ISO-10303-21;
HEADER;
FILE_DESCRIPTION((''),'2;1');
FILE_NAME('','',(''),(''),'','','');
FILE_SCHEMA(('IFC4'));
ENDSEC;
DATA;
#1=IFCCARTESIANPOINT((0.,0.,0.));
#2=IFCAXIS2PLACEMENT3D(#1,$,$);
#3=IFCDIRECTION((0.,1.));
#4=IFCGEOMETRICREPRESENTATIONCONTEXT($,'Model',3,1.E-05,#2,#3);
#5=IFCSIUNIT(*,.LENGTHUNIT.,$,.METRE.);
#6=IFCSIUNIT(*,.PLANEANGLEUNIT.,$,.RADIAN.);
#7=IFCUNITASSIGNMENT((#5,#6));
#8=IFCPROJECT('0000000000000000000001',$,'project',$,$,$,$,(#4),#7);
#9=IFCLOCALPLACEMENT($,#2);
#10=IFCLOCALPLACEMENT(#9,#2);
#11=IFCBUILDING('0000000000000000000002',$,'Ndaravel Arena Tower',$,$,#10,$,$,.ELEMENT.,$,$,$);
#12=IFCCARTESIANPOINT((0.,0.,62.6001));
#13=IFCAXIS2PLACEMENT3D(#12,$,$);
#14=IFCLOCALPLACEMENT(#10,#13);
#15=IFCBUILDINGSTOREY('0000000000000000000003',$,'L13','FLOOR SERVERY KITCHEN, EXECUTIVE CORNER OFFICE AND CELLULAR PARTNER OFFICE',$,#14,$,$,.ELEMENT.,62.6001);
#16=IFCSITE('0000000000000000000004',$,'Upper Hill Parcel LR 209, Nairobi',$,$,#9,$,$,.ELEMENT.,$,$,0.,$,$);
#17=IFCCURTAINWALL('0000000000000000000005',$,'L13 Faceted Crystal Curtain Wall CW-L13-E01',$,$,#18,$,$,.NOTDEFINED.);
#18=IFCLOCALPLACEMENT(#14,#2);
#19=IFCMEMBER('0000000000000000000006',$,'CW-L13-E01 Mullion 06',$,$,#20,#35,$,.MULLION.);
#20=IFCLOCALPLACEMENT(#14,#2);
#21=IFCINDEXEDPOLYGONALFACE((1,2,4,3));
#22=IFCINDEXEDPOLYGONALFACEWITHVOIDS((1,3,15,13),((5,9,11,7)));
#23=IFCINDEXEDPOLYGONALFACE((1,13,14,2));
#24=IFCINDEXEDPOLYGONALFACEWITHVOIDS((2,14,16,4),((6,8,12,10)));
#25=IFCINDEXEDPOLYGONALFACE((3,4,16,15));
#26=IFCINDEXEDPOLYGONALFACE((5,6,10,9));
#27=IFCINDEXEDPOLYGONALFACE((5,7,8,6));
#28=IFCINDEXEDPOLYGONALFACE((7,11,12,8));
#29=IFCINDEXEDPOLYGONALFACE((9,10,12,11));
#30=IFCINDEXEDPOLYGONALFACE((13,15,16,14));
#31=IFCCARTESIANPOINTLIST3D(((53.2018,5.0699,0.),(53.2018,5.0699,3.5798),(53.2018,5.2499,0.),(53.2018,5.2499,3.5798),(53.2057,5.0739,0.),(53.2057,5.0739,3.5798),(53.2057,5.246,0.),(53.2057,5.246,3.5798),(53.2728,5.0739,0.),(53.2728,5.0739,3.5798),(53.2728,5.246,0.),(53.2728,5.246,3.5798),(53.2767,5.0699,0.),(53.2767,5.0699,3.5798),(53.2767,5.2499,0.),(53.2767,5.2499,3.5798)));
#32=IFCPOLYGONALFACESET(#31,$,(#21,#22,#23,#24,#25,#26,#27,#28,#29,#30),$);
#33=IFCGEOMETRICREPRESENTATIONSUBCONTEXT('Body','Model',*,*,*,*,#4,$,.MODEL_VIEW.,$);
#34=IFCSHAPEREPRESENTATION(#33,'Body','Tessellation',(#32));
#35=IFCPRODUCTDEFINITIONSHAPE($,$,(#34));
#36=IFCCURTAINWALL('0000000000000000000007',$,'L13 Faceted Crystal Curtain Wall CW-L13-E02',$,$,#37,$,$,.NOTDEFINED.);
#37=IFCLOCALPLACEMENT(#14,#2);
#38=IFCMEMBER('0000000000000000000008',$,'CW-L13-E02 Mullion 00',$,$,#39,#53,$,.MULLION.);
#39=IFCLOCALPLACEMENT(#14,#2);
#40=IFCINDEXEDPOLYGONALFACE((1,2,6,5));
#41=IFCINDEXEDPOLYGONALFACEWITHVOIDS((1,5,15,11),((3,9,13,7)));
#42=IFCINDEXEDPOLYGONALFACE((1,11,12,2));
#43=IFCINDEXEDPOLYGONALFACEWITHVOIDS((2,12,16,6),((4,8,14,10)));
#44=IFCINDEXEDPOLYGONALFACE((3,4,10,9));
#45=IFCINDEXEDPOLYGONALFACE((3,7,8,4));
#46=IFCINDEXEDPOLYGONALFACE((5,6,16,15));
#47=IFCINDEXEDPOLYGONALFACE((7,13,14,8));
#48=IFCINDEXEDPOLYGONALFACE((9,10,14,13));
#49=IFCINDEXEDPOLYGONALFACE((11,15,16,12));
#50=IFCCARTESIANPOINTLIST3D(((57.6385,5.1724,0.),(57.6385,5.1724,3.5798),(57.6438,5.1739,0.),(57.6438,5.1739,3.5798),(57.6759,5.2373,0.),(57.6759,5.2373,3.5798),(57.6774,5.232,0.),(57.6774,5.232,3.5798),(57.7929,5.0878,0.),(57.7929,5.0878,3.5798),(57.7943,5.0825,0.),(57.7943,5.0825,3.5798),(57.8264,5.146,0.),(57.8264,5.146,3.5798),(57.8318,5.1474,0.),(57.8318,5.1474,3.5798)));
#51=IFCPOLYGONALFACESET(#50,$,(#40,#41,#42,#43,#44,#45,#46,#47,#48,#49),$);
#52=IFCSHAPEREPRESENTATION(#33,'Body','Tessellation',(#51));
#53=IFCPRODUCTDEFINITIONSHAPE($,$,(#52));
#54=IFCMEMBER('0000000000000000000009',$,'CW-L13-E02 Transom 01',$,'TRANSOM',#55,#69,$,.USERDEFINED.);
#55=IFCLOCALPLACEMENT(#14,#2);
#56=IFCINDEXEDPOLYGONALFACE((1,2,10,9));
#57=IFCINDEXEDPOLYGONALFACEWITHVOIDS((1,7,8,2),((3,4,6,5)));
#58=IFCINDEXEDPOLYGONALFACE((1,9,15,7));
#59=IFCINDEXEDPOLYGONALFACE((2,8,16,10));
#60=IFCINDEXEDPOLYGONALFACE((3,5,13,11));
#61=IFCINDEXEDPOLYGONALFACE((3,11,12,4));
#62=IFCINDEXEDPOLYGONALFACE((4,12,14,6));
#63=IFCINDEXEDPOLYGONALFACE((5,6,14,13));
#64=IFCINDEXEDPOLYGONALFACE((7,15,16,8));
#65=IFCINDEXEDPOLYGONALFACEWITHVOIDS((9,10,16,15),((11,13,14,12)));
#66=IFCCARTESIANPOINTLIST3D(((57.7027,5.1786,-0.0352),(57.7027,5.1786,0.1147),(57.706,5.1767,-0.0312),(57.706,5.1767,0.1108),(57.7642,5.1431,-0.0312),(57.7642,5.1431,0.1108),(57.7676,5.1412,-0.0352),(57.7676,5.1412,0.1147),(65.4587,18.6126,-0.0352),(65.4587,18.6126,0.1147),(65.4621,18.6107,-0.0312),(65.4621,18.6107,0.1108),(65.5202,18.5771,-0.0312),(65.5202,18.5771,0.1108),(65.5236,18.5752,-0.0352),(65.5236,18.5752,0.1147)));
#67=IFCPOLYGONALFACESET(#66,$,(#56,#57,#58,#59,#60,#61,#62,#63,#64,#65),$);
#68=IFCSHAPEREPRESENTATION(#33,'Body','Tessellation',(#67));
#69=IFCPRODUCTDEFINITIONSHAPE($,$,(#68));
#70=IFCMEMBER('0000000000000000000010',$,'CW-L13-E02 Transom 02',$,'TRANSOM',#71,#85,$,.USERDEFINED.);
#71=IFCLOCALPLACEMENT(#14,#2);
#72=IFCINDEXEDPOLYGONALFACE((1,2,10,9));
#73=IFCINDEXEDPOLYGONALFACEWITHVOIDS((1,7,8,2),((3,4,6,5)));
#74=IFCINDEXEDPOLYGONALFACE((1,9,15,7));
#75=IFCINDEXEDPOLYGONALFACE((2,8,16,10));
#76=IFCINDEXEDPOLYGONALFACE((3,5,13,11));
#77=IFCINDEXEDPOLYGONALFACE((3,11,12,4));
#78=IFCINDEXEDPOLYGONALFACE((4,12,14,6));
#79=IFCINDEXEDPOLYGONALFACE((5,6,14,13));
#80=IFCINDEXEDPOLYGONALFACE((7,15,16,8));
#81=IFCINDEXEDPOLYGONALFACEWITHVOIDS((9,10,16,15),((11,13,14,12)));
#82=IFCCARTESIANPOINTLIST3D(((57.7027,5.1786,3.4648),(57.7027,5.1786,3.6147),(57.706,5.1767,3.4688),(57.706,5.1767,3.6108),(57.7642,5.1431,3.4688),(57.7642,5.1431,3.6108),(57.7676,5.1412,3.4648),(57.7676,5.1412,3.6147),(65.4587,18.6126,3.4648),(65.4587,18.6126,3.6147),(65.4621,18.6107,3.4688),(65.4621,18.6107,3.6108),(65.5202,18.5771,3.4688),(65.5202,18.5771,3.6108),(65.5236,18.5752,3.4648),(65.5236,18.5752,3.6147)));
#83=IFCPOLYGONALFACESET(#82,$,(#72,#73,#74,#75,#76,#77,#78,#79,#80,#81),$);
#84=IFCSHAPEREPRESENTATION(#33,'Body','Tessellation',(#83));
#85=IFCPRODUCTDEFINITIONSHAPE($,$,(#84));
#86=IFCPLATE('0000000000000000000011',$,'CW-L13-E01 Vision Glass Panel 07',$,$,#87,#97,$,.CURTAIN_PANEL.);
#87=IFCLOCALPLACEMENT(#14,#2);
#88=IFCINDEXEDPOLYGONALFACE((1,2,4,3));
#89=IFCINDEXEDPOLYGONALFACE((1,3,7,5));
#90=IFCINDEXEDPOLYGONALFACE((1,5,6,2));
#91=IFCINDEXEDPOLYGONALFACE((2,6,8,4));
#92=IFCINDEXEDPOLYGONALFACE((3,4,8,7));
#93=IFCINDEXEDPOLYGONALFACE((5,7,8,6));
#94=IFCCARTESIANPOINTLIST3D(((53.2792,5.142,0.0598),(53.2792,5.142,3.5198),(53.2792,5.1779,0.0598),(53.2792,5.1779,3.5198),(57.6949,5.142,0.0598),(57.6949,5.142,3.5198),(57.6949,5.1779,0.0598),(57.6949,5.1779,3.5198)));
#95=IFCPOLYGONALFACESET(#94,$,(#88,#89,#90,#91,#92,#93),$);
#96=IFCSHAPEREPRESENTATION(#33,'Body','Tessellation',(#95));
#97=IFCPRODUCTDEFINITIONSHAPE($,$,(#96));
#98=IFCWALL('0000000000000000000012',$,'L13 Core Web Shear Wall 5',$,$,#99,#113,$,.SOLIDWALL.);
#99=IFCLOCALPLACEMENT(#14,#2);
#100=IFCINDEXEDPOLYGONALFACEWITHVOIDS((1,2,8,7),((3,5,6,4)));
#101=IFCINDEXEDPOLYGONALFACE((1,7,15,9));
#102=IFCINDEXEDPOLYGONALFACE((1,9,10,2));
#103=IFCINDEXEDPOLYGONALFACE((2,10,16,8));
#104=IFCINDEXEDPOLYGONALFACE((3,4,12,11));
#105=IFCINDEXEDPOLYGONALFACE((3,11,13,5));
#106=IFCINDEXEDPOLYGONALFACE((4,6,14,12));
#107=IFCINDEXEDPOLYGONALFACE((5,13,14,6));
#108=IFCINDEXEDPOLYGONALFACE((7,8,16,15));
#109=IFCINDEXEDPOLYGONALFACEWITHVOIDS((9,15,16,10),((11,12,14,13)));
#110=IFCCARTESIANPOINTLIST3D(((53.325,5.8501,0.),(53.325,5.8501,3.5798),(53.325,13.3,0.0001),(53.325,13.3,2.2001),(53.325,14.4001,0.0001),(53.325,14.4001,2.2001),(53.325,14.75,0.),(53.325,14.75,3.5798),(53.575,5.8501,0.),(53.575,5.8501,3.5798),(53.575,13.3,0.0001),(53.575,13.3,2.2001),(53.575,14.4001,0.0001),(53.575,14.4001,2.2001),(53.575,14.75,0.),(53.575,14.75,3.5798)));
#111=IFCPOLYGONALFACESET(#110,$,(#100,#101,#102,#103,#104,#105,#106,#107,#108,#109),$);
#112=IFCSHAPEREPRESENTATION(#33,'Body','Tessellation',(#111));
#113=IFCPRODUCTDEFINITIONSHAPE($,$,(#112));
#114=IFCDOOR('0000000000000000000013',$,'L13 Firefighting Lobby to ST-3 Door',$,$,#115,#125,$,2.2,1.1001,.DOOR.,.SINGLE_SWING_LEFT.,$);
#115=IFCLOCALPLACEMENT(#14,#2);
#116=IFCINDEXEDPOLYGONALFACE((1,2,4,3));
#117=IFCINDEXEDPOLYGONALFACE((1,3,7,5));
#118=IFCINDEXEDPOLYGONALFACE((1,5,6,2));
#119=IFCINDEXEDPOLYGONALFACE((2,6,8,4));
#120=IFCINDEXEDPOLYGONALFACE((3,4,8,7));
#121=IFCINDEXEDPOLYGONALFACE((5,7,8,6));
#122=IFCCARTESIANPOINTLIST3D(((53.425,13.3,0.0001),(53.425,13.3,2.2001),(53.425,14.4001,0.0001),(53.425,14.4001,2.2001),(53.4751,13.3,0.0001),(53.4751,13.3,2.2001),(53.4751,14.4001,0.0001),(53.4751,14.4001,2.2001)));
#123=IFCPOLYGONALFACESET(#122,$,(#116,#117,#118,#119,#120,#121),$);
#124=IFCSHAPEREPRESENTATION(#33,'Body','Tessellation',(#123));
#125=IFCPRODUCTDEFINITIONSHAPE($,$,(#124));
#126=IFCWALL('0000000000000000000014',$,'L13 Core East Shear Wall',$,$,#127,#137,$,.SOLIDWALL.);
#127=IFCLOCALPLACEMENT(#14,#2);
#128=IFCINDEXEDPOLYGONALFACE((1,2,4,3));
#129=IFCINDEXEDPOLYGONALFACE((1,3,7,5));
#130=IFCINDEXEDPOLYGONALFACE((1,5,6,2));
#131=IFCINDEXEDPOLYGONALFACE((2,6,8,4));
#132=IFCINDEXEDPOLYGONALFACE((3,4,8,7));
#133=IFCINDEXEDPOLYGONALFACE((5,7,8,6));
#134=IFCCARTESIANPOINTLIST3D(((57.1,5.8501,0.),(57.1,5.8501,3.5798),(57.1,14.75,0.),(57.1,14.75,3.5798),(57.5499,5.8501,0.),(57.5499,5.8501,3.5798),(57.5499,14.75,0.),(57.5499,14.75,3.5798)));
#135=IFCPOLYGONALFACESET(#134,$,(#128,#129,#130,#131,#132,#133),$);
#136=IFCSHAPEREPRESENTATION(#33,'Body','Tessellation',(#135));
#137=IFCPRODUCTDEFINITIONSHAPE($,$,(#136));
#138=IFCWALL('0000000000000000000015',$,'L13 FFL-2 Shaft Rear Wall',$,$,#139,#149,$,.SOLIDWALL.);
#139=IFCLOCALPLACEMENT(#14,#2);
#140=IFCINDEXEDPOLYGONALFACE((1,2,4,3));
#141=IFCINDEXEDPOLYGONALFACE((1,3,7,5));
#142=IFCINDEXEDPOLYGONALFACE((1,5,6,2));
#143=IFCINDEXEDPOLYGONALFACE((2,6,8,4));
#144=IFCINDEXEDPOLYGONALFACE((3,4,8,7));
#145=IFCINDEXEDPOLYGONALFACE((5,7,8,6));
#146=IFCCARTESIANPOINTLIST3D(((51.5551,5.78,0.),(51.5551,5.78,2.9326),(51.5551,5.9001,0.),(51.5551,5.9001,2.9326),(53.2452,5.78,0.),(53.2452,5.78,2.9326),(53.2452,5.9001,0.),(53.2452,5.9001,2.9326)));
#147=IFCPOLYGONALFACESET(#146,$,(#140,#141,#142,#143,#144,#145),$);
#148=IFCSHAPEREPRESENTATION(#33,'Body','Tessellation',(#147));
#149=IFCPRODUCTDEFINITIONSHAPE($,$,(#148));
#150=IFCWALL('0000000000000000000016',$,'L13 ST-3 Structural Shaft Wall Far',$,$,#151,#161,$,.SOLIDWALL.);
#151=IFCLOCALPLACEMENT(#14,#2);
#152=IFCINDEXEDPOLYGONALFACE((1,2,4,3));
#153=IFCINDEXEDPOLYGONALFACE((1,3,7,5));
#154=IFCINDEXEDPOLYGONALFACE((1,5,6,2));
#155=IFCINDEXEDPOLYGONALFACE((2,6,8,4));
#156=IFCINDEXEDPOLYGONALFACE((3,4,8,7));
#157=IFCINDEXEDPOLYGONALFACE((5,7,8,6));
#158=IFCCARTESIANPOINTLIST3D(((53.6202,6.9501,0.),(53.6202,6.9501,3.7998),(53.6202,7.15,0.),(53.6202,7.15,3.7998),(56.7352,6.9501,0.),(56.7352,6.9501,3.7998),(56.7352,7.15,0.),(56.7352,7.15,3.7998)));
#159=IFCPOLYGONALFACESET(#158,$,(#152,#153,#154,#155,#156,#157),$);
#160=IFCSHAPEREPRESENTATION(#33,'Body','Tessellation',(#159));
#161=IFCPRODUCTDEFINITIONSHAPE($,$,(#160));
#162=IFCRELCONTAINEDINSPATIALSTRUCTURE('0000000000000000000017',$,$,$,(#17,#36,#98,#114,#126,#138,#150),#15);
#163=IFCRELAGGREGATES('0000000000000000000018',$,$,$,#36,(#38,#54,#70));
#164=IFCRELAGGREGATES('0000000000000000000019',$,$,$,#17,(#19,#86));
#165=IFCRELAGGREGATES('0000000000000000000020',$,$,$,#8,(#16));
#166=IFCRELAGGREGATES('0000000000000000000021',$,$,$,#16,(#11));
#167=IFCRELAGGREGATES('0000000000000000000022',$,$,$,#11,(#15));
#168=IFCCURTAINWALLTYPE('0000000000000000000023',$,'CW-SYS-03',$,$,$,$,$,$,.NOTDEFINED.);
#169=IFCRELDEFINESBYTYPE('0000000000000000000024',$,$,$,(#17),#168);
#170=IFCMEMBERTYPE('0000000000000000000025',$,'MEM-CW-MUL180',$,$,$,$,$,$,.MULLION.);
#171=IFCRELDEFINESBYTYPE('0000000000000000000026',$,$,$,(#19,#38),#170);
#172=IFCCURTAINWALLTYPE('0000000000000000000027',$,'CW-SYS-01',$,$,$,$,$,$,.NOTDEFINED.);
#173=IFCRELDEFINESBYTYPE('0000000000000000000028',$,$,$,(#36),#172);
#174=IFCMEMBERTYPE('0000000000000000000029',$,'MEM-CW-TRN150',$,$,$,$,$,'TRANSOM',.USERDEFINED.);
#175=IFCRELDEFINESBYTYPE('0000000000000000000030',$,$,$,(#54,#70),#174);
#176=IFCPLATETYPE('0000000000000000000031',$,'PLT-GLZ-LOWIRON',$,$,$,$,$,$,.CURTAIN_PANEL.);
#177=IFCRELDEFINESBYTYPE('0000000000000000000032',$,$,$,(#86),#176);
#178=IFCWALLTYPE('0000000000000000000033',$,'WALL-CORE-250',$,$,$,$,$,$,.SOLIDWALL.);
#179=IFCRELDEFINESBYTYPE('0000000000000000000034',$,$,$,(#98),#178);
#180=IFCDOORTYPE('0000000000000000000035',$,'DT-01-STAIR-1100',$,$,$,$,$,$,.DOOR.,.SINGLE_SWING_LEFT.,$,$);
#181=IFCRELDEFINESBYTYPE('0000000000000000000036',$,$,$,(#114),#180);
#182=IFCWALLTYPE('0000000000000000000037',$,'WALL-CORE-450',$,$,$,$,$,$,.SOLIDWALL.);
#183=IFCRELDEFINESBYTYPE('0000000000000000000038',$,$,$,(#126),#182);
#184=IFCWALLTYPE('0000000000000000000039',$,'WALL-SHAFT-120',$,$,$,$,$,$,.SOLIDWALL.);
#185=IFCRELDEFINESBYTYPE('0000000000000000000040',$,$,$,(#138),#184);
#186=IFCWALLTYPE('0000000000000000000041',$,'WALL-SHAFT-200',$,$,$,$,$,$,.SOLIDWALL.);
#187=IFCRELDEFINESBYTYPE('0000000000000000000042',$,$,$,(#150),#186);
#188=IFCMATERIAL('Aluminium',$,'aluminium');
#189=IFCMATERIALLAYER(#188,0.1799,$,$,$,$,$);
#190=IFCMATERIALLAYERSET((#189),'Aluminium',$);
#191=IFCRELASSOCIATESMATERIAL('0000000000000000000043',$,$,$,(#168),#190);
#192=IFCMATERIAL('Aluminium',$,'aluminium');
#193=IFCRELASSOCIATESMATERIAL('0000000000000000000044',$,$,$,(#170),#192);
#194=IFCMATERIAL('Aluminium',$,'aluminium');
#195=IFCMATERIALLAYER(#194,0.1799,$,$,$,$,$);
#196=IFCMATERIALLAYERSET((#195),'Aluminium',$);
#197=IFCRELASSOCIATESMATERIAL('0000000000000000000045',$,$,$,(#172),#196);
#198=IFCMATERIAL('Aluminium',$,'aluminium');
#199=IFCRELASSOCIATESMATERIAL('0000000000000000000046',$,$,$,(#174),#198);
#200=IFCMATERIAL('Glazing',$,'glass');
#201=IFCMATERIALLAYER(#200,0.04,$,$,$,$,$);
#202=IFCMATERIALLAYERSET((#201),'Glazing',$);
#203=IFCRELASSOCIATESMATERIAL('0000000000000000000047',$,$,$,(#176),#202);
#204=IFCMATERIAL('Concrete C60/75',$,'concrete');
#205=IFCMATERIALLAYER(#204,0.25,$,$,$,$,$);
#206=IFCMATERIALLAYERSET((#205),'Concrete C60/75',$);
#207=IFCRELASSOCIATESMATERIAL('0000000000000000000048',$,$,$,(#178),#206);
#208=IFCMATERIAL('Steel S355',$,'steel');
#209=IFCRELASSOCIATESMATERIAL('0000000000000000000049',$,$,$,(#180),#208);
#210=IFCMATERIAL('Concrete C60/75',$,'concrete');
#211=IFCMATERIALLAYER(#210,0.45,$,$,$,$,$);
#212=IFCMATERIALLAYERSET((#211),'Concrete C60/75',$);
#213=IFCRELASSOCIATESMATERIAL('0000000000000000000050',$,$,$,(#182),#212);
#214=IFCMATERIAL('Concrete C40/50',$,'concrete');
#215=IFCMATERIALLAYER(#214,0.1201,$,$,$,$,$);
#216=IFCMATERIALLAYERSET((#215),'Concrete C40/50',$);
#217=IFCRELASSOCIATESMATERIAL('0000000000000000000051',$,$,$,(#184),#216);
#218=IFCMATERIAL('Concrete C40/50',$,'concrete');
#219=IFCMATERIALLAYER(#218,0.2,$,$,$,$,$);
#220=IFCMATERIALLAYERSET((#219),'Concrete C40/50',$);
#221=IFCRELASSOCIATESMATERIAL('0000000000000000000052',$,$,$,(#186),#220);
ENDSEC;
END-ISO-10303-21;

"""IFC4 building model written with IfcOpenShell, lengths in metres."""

from ifc_helpers import new_model, si_unit, direction, frame, frame_2d, origin, origin_2d, place, context, subcontext, project, spatial, rectangle, hollow_rectangle, extrude, material, layer, layer_set, material_profile, profile_set, type_object, element, fill, aggregate, save


model = new_model("IFC4")

# Units and contexts
model_context = context("Model", 3, precision=1e-05, world=origin(), true_north=direction((0.0, 1.0)))
body_context = subcontext(model_context, "Body", "Model", "MODEL_VIEW")
ifc_project = project(units=[si_unit("LENGTHUNIT", "METRE"), si_unit("PLANEANGLEUNIT", "RADIAN")], contexts=[model_context])

# Site, building, storey
site_placement = place(None, origin())
site = spatial("IfcSite", under=ifc_project, at=site_placement, Name="Upper Hill Parcel LR 209, Nairobi", CompositionType="ELEMENT", RefElevation=0.0)
building_placement = place(site_placement, origin())
building = spatial("IfcBuilding", under=site, at=building_placement, Name="Ndaravel Arena Tower", CompositionType="ELEMENT")
storey_placement = place(building_placement, frame((0.0, 0.0, 62.6001)))
storey = spatial("IfcBuildingStorey", under=building, at=storey_placement, Name="L13", Description="FLOOR SERVERY KITCHEN, EXECUTIVE CORNER OFFICE AND CELLULAR PARTNER OFFICE", CompositionType="ELEMENT", Elevation=62.6001)

# Curtain wall, member
ifc_material_1 = material(Name="Aluminium", Category="aluminium")
ifc_layer_1 = layer(ifc_material_1, 0.1799)
ifc_layer_set_1 = layer_set([ifc_layer_1], Name="Aluminium")
curtain_wall_type_1 = type_object("IfcCurtainWallType", Name="CW-SYS-03", PredefinedType="NOTDEFINED", material=ifc_layer_set_1)
curtain_wall_1_placement = place(storey_placement, origin())
curtain_wall_1 = element("IfcCurtainWall", 1, at=curtain_wall_1_placement, inside=storey, type_object=curtain_wall_type_1, Name="L13 Faceted Crystal Curtain Wall CW-L13-E01", PredefinedType="NOTDEFINED")
ifc_material_2 = material(Name="Aluminium", Category="aluminium")
ifc_material_profile_1 = material_profile(ifc_material_2, hollow_rectangle(XDim=0.075, YDim=0.1799, WallThickness=0.0039, at=origin_2d()), Name="CW MULLION 75x180x4")
ifc_profile_set_1 = profile_set([ifc_material_profile_1], Name="Aluminium")
member_type_1 = type_object("IfcMemberType", Name="MEM-CW-MUL180", PredefinedType="MULLION", material=ifc_profile_set_1)
member_1_placement = place(storey_placement, frame((53.2393, 5.1599, 0.0), z_axis=(0.0, 0.0, 1.0), x_axis=(1.0, 0.0, 0.0)))
member_1 = element("IfcMember", 2, at=member_1_placement, type_object=member_type_1, Name="CW-L13-E01 Mullion 06", PredefinedType="MULLION", context=body_context, shape_type="SweptSolid", body=[
    extrude(hollow_rectangle(XDim=0.075, YDim=0.1799, WallThickness=0.0039, at=origin_2d()), origin(), (0.0, 0.0, 1.0), 3.5798),
])

# Curtain wall, members
ifc_material_3 = material(Name="Aluminium", Category="aluminium")
ifc_layer_2 = layer(ifc_material_3, 0.1799)
ifc_layer_set_2 = layer_set([ifc_layer_2], Name="Aluminium")
curtain_wall_type_2 = type_object("IfcCurtainWallType", Name="CW-SYS-01", PredefinedType="NOTDEFINED", material=ifc_layer_set_2)
curtain_wall_2_placement = place(storey_placement, origin())
curtain_wall_2 = element("IfcCurtainWall", 3, at=curtain_wall_2_placement, inside=storey, type_object=curtain_wall_type_2, Name="L13 Faceted Crystal Curtain Wall CW-L13-E02", PredefinedType="NOTDEFINED")
member_2_placement = place(storey_placement, frame((57.7351, 5.1599, 0.0), z_axis=(0.0, 0.0, 1.0), x_axis=(0.5, 0.866025, 0.0)))
member_2 = element("IfcMember", 4, at=member_2_placement, type_object=member_type_1, Name="CW-L13-E02 Mullion 00", PredefinedType="MULLION", context=body_context, shape_type="SweptSolid", body=[
    extrude(hollow_rectangle(XDim=0.075, YDim=0.1799, WallThickness=0.0039, at=origin_2d()), origin(), (0.0, 0.0, 1.0), 3.5798),
])
ifc_material_4 = material(Name="Aluminium", Category="aluminium")
ifc_material_profile_2 = material_profile(ifc_material_4, hollow_rectangle(XDim=0.075, YDim=0.1499, WallThickness=0.0039, at=origin_2d()), Name="CW TRANSOM 75x150x4")
ifc_profile_set_2 = profile_set([ifc_material_profile_2], Name="Aluminium")
member_type_2 = type_object("IfcMemberType", Name="MEM-CW-TRN150", ElementType="TRANSOM", PredefinedType="USERDEFINED", material=ifc_profile_set_2)
member_3_placement = place(storey_placement, frame((57.7351, 5.1599, 0.0398), z_axis=(0.499997, 0.866027, 0.0), x_axis=(-0.866027, 0.499997, 0.0)))
member_3 = element("IfcMember", 5, at=member_3_placement, type_object=member_type_2, Name="CW-L13-E02 Transom 01", ObjectType="TRANSOM", PredefinedType="USERDEFINED", context=body_context, shape_type="SweptSolid", body=[
    extrude(hollow_rectangle(XDim=0.075, YDim=0.1499, WallThickness=0.0039, at=origin_2d()), origin(), (0.0, 0.0, 1.0), 15.5122),
])
member_4_placement = place(storey_placement, frame((57.7351, 5.1599, 3.5398), z_axis=(0.499997, 0.866027, 0.0), x_axis=(-0.866027, 0.499997, 0.0)))
member_4 = element("IfcMember", 6, at=member_4_placement, type_object=member_type_2, Name="CW-L13-E02 Transom 02", ObjectType="TRANSOM", PredefinedType="USERDEFINED", context=body_context, shape_type="SweptSolid", body=[
    extrude(hollow_rectangle(XDim=0.075, YDim=0.1499, WallThickness=0.0039, at=origin_2d()), origin(), (0.0, 0.0, 1.0), 15.5122),
])
aggregate(curtain_wall_2, [member_2, member_3, member_4])

# Plate
ifc_material_5 = material(Name="Glazing", Category="glass")
ifc_layer_3 = layer(ifc_material_5, 0.04)
ifc_layer_set_3 = layer_set([ifc_layer_3], Name="Glazing")
plate_type = type_object("IfcPlateType", Name="PLT-GLZ-LOWIRON", PredefinedType="CURTAIN_PANEL", material=ifc_layer_set_3)
plate_placement = place(storey_placement, frame((55.4871, 5.1599, 0.0598), z_axis=(0.0, 0.0, 1.0), x_axis=(1.0, 0.0, 0.0)))
plate = element("IfcPlate", 7, at=plate_placement, type_object=plate_type, Name="CW-L13-E01 Vision Glass Panel 07", PredefinedType="CURTAIN_PANEL", context=body_context, shape_type="SweptSolid", body=[
    extrude(rectangle(XDim=4.4158, YDim=0.0359, at=origin_2d()), origin(), (0.0, 0.0, 1.0), 3.46),
])
aggregate(curtain_wall_1, [member_1, plate])

# Wall, opening, door
ifc_material_6 = material(Name="Concrete C60/75", Category="concrete")
ifc_layer_4 = layer(ifc_material_6, 0.25)
ifc_layer_set_4 = layer_set([ifc_layer_4], Name="Concrete C60/75")
wall_type_1 = type_object("IfcWallType", Name="WALL-CORE-250", PredefinedType="SOLIDWALL", material=ifc_layer_set_4)
wall_1_placement = place(storey_placement, frame((53.45, 5.8501, 0.0), z_axis=(0.0, 0.0, 1.0), x_axis=(0.0, 1.0, 0.0)))
wall_1 = element("IfcWall", 8, at=wall_1_placement, inside=storey, type_object=wall_type_1, Name="L13 Core Web Shear Wall 5", PredefinedType="SOLIDWALL", context=body_context, shape_type="SweptSolid", body=[
    extrude(rectangle(XDim=8.8999, YDim=0.25, at=frame_2d((4.45, 0.0))), origin(), (0.0, 0.0, 1.0), 3.5798),
])
opening_1_placement = place(wall_1_placement, frame((7.45, 0.0, 0.0)))
opening_1 = element("IfcOpeningElement", 9, at=opening_1_placement, cuts=wall_1, PredefinedType="OPENING", context=body_context, shape_type="SweptSolid", body=[
    extrude(rectangle(XDim=1.1001, YDim=2.2, at=frame_2d((0.55, 1.1001))), frame((0.0, 0.125, 0.0), z_axis=(0.0, -1.0, 0.0), x_axis=(1.0, 0.0, 0.0)), (0.0, 0.0, 1.0), 0.25),
])
ifc_material_7 = material(Name="Steel S355", Category="steel")
door_type_1 = type_object("IfcDoorType", Name="DT-01-STAIR-1100", OperationType="SINGLE_SWING_LEFT", PredefinedType="DOOR", material=ifc_material_7)
door_1_placement = place(opening_1_placement, origin())
door_1 = element("IfcDoor", 10, at=door_1_placement, inside=storey, type_object=door_type_1, Name="L13 Firefighting Lobby to ST-3 Door", OperationType="SINGLE_SWING_LEFT", OverallHeight=2.2, OverallWidth=1.1001, PredefinedType="DOOR", context=body_context, shape_type="SweptSolid", body=[
    extrude(rectangle(XDim=1.1001, YDim=2.2, at=frame_2d((0.55, 1.1001))), frame((0.0, 0.0249, 0.0), z_axis=(0.0, -1.0, 0.0), x_axis=(1.0, 0.0, 0.0)), (0.0, 0.0, 1.0), 0.05),
])
fill(opening_1, door_1)

# Walls
ifc_material_8 = material(Name="Concrete C60/75", Category="concrete")
ifc_layer_5 = layer(ifc_material_8, 0.45)
ifc_layer_set_5 = layer_set([ifc_layer_5], Name="Concrete C60/75")
wall_type_2 = type_object("IfcWallType", Name="WALL-CORE-450", PredefinedType="SOLIDWALL", material=ifc_layer_set_5)
wall_2_placement = place(storey_placement, frame((57.325, 5.8501, 0.0), z_axis=(0.0, 0.0, 1.0), x_axis=(0.0, 1.0, 0.0)))
element("IfcWall", 11, at=wall_2_placement, inside=storey, type_object=wall_type_2, Name="L13 Core East Shear Wall", PredefinedType="SOLIDWALL", context=body_context, shape_type="SweptSolid", body=[
    extrude(rectangle(XDim=8.8999, YDim=0.45, at=frame_2d((4.45, 0.0))), origin(), (0.0, 0.0, 1.0), 3.5798),
])
ifc_material_9 = material(Name="Concrete C40/50", Category="concrete")
ifc_layer_6 = layer(ifc_material_9, 0.1201)
ifc_layer_set_6 = layer_set([ifc_layer_6], Name="Concrete C40/50")
wall_type_3 = type_object("IfcWallType", Name="WALL-SHAFT-120", PredefinedType="SOLIDWALL", material=ifc_layer_set_6)
wall_3_placement = place(storey_placement, frame((51.5549, 5.8401, 0.0), z_axis=(0.0, 0.0, 1.0), x_axis=(1.0, 0.0, 0.0)))
element("IfcWall", 12, at=wall_3_placement, inside=storey, type_object=wall_type_3, Name="L13 FFL-2 Shaft Rear Wall", PredefinedType="SOLIDWALL", context=body_context, shape_type="SweptSolid", body=[
    extrude(rectangle(XDim=1.6902, YDim=0.1201, at=frame_2d((0.8452, 0.0))), origin(), (0.0, 0.0, 1.0), 2.9326),
])
ifc_material_10 = material(Name="Concrete C40/50", Category="concrete")
ifc_layer_7 = layer(ifc_material_10, 0.2)
ifc_layer_set_7 = layer_set([ifc_layer_7], Name="Concrete C40/50")
wall_type_4 = type_object("IfcWallType", Name="WALL-SHAFT-200", PredefinedType="SOLIDWALL", material=ifc_layer_set_7)
wall_4_placement = place(storey_placement, frame((53.6201, 7.05, 0.0), z_axis=(0.0, 0.0, 1.0), x_axis=(1.0, 0.0, 0.0)))
element("IfcWall", 13, at=wall_4_placement, inside=storey, type_object=wall_type_4, Name="L13 ST-3 Structural Shaft Wall Far", PredefinedType="SOLIDWALL", context=body_context, shape_type="SweptSolid", body=[
    extrude(rectangle(XDim=3.115, YDim=0.2, at=frame_2d((1.5576, 0.0))), origin(), (0.0, 0.0, 1.0), 3.7998),
])

save(model, "model.ifc")
